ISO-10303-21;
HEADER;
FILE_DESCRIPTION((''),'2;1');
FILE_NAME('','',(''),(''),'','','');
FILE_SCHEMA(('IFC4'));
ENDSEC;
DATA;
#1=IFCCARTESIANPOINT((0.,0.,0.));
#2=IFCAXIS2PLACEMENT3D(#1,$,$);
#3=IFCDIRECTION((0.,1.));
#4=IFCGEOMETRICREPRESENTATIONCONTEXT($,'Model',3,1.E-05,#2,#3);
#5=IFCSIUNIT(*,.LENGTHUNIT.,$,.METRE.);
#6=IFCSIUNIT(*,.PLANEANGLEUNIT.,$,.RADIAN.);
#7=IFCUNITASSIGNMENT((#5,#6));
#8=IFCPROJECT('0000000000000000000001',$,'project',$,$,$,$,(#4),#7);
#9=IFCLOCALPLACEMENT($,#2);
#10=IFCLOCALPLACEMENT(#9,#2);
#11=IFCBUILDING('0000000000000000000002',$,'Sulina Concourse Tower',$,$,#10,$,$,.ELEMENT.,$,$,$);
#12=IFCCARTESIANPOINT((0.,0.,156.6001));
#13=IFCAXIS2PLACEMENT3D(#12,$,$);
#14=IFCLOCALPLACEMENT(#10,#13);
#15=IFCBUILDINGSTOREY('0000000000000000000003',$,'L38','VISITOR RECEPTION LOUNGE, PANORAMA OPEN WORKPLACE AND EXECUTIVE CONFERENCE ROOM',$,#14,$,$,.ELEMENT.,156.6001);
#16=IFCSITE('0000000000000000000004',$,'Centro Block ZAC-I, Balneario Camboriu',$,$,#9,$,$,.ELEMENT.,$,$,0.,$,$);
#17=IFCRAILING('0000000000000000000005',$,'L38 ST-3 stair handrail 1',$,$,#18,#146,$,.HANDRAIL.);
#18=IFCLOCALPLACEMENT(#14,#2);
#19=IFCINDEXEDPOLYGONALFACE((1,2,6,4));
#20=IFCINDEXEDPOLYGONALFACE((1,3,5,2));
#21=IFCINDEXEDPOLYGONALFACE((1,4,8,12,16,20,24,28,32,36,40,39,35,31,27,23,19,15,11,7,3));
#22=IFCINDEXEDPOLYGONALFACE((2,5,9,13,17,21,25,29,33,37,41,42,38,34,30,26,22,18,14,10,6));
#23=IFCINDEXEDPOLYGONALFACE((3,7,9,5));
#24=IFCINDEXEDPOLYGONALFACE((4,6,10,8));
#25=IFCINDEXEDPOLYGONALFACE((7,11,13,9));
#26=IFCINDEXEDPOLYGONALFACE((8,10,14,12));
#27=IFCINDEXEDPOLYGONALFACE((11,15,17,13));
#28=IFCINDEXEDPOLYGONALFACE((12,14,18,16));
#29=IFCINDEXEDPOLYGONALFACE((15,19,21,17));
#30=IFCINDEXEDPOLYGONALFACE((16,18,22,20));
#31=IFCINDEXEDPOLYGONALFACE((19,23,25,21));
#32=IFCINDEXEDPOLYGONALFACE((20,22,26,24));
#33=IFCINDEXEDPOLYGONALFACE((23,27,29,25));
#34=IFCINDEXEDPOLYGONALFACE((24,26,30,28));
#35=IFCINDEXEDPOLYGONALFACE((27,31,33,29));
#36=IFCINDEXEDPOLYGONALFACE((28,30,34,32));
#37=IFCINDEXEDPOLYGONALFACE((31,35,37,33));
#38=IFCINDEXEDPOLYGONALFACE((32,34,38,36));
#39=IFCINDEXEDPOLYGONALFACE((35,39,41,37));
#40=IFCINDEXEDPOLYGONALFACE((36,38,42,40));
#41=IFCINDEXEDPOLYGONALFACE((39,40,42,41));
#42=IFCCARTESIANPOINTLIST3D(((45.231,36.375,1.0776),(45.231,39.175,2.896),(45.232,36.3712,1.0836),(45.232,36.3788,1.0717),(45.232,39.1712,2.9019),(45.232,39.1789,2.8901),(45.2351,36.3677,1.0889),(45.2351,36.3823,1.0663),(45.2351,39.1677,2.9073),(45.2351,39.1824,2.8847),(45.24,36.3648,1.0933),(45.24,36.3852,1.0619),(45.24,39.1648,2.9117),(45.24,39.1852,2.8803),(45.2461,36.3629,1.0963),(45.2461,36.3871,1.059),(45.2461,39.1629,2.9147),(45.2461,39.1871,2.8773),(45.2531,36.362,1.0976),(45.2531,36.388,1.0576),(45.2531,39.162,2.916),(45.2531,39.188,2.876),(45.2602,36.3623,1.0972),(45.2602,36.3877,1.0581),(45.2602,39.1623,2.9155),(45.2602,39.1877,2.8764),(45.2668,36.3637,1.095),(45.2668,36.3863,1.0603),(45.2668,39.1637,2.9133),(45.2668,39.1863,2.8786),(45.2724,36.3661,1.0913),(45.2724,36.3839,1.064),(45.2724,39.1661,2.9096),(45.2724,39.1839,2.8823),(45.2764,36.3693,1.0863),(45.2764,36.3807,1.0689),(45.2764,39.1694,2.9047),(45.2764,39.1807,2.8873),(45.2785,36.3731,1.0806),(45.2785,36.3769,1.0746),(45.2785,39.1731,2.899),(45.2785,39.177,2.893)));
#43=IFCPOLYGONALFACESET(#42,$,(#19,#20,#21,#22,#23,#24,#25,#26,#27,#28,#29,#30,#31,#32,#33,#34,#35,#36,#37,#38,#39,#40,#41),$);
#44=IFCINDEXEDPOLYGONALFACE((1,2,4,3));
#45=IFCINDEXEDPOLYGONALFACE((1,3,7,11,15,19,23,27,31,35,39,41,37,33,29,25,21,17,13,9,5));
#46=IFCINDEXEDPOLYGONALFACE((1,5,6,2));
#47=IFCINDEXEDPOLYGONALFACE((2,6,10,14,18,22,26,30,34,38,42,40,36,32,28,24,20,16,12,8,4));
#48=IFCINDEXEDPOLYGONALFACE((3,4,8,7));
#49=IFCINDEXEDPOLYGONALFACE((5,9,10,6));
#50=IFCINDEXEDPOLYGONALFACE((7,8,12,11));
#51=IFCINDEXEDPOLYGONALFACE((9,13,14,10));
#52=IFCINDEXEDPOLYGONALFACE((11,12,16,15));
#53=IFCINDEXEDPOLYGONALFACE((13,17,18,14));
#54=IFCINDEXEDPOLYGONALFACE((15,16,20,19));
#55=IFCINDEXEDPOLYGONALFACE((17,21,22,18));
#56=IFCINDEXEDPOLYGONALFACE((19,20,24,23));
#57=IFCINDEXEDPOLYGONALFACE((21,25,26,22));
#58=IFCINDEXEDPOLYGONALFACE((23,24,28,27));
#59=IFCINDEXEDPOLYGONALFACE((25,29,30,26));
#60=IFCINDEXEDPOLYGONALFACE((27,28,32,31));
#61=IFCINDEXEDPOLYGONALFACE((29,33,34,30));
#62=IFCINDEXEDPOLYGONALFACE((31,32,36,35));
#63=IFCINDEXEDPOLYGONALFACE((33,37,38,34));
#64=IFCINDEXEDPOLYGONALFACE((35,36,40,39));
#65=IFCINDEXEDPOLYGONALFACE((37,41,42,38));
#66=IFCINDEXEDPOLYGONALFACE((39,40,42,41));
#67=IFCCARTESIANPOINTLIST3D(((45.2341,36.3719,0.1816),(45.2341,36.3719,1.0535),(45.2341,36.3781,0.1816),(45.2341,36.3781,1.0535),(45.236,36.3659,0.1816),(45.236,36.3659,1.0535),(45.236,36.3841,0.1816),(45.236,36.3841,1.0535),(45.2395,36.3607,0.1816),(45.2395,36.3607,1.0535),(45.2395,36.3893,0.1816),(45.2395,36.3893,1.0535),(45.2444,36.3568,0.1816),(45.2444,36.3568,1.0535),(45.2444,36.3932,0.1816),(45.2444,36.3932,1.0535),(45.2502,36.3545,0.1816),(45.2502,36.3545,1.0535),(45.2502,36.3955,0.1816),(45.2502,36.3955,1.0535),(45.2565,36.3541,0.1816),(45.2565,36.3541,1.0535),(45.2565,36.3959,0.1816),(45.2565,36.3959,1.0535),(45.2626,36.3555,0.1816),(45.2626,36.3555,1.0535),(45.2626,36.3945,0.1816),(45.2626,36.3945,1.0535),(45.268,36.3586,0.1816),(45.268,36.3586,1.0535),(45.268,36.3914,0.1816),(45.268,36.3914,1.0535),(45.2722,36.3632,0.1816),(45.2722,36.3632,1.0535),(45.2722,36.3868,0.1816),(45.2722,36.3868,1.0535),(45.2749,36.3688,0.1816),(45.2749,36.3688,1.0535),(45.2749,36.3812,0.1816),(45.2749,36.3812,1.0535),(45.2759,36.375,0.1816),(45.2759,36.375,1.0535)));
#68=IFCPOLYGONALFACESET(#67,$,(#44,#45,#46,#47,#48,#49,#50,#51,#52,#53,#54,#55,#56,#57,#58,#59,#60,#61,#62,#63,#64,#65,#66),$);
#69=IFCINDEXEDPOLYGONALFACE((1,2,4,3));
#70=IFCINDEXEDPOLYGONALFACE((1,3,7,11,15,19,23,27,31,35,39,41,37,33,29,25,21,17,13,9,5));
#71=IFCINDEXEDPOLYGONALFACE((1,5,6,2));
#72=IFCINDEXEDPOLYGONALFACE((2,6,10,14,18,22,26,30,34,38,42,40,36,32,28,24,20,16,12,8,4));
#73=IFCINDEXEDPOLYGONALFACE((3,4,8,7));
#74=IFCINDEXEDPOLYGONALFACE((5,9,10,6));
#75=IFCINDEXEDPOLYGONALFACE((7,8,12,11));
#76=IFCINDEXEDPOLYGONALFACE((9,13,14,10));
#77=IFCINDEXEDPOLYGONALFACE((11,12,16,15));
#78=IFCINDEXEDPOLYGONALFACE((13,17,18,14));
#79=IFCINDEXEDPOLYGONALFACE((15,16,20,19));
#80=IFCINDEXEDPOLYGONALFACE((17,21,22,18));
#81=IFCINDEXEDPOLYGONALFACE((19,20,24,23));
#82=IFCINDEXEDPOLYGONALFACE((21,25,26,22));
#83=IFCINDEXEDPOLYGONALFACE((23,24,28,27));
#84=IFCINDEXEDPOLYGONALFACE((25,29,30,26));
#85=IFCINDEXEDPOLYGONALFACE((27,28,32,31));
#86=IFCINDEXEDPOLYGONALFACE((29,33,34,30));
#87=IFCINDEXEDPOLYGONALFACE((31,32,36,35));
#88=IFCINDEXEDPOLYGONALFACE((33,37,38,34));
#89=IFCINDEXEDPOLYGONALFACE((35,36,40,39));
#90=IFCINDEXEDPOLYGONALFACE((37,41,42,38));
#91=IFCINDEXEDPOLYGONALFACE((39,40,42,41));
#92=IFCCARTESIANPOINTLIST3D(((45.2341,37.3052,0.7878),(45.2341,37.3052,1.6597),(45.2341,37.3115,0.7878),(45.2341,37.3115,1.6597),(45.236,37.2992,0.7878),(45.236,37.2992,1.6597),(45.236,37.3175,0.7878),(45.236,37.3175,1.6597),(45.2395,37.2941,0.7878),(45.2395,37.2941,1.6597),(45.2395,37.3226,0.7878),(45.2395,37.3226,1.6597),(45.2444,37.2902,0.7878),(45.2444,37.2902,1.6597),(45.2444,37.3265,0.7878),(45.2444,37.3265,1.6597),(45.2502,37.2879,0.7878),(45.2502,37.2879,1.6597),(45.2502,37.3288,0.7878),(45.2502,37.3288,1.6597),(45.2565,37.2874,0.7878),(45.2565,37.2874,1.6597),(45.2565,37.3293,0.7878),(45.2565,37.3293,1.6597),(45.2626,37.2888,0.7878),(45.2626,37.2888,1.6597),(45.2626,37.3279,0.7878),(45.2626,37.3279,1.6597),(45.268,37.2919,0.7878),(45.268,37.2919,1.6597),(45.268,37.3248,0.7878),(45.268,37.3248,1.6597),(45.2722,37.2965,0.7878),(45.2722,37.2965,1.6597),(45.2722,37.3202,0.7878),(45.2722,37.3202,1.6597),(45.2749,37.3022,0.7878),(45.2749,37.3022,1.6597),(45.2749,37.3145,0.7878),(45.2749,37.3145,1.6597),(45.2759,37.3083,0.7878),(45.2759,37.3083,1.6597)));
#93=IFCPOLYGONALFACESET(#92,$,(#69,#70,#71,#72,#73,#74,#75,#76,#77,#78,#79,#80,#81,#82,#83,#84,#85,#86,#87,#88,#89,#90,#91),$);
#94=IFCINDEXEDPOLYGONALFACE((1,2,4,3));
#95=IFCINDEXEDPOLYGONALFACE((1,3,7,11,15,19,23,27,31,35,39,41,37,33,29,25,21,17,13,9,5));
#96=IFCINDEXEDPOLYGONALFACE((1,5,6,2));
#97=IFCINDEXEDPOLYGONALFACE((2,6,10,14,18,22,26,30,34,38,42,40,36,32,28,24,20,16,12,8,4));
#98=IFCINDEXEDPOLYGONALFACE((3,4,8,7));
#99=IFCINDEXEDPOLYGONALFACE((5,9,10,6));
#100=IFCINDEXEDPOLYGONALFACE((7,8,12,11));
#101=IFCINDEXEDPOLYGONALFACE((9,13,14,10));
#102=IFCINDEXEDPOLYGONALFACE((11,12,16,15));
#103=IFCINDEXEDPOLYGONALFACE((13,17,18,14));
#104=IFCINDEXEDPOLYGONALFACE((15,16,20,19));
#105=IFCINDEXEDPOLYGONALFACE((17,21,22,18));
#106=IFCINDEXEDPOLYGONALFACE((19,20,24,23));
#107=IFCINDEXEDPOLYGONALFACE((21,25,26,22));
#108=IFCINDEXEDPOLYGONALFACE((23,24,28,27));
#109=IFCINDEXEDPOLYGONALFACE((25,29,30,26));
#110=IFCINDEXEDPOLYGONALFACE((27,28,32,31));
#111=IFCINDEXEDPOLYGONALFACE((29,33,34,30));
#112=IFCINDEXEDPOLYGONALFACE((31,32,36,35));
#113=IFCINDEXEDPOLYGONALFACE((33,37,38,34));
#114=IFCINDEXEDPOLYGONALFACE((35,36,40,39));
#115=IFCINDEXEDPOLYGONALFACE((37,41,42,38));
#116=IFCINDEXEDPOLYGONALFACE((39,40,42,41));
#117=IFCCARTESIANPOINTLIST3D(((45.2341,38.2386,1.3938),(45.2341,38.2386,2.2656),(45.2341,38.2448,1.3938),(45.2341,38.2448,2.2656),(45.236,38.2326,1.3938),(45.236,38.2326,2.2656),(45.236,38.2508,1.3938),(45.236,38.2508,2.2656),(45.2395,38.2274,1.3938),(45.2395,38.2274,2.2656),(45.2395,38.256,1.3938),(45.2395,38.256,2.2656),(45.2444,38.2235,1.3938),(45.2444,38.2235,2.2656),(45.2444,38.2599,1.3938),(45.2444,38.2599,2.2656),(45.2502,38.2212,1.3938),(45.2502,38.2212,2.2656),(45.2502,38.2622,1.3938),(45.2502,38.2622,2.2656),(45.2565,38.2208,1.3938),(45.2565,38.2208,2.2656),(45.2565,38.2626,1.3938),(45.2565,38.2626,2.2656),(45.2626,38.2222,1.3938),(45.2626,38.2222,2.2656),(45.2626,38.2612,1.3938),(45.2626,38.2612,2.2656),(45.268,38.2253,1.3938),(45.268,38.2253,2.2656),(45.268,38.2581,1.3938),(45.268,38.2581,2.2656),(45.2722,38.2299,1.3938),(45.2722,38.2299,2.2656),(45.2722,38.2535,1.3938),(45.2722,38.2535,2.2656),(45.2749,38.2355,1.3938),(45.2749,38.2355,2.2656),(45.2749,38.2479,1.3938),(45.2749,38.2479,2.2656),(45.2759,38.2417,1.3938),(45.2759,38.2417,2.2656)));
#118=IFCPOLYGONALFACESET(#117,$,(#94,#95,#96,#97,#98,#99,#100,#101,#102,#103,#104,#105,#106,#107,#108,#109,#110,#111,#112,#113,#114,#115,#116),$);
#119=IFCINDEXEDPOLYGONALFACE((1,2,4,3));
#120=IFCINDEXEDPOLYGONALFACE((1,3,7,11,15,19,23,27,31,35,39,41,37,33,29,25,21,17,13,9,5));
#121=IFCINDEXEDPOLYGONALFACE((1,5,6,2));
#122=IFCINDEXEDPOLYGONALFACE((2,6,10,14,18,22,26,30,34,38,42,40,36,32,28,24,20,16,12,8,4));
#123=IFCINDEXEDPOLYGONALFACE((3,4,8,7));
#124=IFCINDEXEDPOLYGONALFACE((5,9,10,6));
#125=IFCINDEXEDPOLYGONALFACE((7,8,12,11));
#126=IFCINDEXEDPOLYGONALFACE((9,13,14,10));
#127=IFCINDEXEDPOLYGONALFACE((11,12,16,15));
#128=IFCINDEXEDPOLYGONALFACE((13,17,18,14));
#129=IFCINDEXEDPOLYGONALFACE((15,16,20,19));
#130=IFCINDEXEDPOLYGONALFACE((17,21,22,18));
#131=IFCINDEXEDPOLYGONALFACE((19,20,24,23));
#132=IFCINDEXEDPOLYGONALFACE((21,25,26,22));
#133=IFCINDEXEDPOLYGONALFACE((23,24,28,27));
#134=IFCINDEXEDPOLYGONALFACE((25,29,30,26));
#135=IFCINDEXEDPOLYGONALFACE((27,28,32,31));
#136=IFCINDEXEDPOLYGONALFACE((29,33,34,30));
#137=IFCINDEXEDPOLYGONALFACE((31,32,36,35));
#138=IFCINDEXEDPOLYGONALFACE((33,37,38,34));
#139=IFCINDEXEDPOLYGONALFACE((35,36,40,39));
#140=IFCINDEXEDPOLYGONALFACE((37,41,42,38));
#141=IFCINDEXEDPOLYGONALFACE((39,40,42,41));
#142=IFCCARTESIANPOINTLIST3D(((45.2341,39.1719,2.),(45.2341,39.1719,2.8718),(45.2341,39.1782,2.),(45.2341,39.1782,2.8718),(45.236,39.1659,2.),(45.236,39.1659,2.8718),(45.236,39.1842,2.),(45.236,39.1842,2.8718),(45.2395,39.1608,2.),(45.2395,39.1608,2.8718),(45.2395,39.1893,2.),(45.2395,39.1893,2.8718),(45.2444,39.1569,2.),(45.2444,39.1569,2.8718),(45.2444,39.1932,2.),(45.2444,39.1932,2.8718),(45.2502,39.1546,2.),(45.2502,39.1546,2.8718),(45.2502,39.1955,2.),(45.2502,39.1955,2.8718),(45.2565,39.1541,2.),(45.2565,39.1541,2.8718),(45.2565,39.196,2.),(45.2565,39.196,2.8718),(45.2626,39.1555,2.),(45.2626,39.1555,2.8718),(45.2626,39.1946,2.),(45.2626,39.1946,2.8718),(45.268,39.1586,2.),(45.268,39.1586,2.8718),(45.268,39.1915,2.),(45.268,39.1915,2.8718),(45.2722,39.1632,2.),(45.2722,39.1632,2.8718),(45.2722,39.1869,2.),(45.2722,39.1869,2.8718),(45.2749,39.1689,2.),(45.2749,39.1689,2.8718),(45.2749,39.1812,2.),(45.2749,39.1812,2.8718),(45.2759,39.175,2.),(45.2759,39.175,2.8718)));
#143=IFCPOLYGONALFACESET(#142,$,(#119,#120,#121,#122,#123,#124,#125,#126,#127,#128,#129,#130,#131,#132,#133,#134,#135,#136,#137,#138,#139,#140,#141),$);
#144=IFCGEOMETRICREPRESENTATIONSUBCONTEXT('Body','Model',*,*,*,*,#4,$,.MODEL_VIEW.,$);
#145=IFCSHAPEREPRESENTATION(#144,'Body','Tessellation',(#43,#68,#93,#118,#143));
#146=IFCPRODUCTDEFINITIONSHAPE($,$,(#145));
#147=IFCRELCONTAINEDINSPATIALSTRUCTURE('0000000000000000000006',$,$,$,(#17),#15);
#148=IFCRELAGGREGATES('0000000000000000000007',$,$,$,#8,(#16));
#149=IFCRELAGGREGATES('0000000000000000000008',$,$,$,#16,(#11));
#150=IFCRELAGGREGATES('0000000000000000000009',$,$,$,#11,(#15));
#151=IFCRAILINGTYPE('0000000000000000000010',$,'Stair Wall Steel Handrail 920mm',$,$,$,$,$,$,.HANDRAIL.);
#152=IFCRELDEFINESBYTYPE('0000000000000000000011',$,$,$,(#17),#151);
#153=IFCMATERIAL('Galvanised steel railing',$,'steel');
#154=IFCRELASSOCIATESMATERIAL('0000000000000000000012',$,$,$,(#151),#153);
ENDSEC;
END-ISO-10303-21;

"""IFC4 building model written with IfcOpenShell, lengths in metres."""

from ifc_helpers import new_model, si_unit, direction, frame, origin, origin_2d, place, context, subcontext, project, spatial, circle, extrude, material, type_object, element, save


model = new_model("IFC4")

# Units and contexts
model_context = context("Model", 3, precision=1e-05, world=origin(), true_north=direction((0.0, 1.0)))
body_context = subcontext(model_context, "Body", "Model", "MODEL_VIEW")
ifc_project = project(units=[si_unit("LENGTHUNIT", "METRE"), si_unit("PLANEANGLEUNIT", "RADIAN")], contexts=[model_context])

# Site, building, storey
site_placement = place(None, origin())
site = spatial("IfcSite", under=ifc_project, at=site_placement, Name="Centro Block ZAC-I, Balneario Camboriu", CompositionType="ELEMENT", RefElevation=0.0)
building_placement = place(site_placement, origin())
building = spatial("IfcBuilding", under=site, at=building_placement, Name="Sulina Concourse Tower", CompositionType="ELEMENT")
storey_placement = place(building_placement, frame((0.0, 0.0, 156.6001)))
storey = spatial("IfcBuildingStorey", under=building, at=storey_placement, Name="L38", Description="VISITOR RECEPTION LOUNGE, PANORAMA OPEN WORKPLACE AND EXECUTIVE CONFERENCE ROOM", CompositionType="ELEMENT", Elevation=156.6001)

# Railing
ifc_material_1 = material(Name="Galvanised steel railing", Category="steel")
railing_type_1 = type_object("IfcRailingType", Name="Stair Wall Steel Handrail 920mm", PredefinedType="HANDRAIL", material=ifc_material_1)
for number, where, name in (
    (1, (45.2549, 36.375, 0.1816), "L38 ST-3 stair handrail 1"),
):
    element("IfcRailing", number, at=place(storey_placement, frame(where)), inside=storey, type_object=railing_type_1, Name=name, PredefinedType="HANDRAIL", context=body_context, shape_type="SweptSolid", body=[
        extrude(circle(Radius=0.0239, at=origin_2d()), frame((0.0, 0.0, 0.896), z_axis=(0.0, 0.838672, 0.544636), x_axis=(-1.0, 0.0, 0.0)), (0.0, 0.0, 1.0), 3.3386),
        extrude(circle(Radius=0.021, at=origin_2d()), origin(), (0.0, 0.0, 1.0), 0.8718),
        extrude(circle(Radius=0.021, at=origin_2d()), frame((0.0, 0.9333, 0.6062)), (0.0, 0.0, 1.0), 0.8718),
        extrude(circle(Radius=0.021, at=origin_2d()), frame((0.0, 1.8667, 1.2122)), (0.0, 0.0, 1.0), 0.8718),
        extrude(circle(Radius=0.021, at=origin_2d()), frame((0.0, 2.8, 1.8184)), (0.0, 0.0, 1.0), 0.8718),
    ])

save(model, "model.ifc")
